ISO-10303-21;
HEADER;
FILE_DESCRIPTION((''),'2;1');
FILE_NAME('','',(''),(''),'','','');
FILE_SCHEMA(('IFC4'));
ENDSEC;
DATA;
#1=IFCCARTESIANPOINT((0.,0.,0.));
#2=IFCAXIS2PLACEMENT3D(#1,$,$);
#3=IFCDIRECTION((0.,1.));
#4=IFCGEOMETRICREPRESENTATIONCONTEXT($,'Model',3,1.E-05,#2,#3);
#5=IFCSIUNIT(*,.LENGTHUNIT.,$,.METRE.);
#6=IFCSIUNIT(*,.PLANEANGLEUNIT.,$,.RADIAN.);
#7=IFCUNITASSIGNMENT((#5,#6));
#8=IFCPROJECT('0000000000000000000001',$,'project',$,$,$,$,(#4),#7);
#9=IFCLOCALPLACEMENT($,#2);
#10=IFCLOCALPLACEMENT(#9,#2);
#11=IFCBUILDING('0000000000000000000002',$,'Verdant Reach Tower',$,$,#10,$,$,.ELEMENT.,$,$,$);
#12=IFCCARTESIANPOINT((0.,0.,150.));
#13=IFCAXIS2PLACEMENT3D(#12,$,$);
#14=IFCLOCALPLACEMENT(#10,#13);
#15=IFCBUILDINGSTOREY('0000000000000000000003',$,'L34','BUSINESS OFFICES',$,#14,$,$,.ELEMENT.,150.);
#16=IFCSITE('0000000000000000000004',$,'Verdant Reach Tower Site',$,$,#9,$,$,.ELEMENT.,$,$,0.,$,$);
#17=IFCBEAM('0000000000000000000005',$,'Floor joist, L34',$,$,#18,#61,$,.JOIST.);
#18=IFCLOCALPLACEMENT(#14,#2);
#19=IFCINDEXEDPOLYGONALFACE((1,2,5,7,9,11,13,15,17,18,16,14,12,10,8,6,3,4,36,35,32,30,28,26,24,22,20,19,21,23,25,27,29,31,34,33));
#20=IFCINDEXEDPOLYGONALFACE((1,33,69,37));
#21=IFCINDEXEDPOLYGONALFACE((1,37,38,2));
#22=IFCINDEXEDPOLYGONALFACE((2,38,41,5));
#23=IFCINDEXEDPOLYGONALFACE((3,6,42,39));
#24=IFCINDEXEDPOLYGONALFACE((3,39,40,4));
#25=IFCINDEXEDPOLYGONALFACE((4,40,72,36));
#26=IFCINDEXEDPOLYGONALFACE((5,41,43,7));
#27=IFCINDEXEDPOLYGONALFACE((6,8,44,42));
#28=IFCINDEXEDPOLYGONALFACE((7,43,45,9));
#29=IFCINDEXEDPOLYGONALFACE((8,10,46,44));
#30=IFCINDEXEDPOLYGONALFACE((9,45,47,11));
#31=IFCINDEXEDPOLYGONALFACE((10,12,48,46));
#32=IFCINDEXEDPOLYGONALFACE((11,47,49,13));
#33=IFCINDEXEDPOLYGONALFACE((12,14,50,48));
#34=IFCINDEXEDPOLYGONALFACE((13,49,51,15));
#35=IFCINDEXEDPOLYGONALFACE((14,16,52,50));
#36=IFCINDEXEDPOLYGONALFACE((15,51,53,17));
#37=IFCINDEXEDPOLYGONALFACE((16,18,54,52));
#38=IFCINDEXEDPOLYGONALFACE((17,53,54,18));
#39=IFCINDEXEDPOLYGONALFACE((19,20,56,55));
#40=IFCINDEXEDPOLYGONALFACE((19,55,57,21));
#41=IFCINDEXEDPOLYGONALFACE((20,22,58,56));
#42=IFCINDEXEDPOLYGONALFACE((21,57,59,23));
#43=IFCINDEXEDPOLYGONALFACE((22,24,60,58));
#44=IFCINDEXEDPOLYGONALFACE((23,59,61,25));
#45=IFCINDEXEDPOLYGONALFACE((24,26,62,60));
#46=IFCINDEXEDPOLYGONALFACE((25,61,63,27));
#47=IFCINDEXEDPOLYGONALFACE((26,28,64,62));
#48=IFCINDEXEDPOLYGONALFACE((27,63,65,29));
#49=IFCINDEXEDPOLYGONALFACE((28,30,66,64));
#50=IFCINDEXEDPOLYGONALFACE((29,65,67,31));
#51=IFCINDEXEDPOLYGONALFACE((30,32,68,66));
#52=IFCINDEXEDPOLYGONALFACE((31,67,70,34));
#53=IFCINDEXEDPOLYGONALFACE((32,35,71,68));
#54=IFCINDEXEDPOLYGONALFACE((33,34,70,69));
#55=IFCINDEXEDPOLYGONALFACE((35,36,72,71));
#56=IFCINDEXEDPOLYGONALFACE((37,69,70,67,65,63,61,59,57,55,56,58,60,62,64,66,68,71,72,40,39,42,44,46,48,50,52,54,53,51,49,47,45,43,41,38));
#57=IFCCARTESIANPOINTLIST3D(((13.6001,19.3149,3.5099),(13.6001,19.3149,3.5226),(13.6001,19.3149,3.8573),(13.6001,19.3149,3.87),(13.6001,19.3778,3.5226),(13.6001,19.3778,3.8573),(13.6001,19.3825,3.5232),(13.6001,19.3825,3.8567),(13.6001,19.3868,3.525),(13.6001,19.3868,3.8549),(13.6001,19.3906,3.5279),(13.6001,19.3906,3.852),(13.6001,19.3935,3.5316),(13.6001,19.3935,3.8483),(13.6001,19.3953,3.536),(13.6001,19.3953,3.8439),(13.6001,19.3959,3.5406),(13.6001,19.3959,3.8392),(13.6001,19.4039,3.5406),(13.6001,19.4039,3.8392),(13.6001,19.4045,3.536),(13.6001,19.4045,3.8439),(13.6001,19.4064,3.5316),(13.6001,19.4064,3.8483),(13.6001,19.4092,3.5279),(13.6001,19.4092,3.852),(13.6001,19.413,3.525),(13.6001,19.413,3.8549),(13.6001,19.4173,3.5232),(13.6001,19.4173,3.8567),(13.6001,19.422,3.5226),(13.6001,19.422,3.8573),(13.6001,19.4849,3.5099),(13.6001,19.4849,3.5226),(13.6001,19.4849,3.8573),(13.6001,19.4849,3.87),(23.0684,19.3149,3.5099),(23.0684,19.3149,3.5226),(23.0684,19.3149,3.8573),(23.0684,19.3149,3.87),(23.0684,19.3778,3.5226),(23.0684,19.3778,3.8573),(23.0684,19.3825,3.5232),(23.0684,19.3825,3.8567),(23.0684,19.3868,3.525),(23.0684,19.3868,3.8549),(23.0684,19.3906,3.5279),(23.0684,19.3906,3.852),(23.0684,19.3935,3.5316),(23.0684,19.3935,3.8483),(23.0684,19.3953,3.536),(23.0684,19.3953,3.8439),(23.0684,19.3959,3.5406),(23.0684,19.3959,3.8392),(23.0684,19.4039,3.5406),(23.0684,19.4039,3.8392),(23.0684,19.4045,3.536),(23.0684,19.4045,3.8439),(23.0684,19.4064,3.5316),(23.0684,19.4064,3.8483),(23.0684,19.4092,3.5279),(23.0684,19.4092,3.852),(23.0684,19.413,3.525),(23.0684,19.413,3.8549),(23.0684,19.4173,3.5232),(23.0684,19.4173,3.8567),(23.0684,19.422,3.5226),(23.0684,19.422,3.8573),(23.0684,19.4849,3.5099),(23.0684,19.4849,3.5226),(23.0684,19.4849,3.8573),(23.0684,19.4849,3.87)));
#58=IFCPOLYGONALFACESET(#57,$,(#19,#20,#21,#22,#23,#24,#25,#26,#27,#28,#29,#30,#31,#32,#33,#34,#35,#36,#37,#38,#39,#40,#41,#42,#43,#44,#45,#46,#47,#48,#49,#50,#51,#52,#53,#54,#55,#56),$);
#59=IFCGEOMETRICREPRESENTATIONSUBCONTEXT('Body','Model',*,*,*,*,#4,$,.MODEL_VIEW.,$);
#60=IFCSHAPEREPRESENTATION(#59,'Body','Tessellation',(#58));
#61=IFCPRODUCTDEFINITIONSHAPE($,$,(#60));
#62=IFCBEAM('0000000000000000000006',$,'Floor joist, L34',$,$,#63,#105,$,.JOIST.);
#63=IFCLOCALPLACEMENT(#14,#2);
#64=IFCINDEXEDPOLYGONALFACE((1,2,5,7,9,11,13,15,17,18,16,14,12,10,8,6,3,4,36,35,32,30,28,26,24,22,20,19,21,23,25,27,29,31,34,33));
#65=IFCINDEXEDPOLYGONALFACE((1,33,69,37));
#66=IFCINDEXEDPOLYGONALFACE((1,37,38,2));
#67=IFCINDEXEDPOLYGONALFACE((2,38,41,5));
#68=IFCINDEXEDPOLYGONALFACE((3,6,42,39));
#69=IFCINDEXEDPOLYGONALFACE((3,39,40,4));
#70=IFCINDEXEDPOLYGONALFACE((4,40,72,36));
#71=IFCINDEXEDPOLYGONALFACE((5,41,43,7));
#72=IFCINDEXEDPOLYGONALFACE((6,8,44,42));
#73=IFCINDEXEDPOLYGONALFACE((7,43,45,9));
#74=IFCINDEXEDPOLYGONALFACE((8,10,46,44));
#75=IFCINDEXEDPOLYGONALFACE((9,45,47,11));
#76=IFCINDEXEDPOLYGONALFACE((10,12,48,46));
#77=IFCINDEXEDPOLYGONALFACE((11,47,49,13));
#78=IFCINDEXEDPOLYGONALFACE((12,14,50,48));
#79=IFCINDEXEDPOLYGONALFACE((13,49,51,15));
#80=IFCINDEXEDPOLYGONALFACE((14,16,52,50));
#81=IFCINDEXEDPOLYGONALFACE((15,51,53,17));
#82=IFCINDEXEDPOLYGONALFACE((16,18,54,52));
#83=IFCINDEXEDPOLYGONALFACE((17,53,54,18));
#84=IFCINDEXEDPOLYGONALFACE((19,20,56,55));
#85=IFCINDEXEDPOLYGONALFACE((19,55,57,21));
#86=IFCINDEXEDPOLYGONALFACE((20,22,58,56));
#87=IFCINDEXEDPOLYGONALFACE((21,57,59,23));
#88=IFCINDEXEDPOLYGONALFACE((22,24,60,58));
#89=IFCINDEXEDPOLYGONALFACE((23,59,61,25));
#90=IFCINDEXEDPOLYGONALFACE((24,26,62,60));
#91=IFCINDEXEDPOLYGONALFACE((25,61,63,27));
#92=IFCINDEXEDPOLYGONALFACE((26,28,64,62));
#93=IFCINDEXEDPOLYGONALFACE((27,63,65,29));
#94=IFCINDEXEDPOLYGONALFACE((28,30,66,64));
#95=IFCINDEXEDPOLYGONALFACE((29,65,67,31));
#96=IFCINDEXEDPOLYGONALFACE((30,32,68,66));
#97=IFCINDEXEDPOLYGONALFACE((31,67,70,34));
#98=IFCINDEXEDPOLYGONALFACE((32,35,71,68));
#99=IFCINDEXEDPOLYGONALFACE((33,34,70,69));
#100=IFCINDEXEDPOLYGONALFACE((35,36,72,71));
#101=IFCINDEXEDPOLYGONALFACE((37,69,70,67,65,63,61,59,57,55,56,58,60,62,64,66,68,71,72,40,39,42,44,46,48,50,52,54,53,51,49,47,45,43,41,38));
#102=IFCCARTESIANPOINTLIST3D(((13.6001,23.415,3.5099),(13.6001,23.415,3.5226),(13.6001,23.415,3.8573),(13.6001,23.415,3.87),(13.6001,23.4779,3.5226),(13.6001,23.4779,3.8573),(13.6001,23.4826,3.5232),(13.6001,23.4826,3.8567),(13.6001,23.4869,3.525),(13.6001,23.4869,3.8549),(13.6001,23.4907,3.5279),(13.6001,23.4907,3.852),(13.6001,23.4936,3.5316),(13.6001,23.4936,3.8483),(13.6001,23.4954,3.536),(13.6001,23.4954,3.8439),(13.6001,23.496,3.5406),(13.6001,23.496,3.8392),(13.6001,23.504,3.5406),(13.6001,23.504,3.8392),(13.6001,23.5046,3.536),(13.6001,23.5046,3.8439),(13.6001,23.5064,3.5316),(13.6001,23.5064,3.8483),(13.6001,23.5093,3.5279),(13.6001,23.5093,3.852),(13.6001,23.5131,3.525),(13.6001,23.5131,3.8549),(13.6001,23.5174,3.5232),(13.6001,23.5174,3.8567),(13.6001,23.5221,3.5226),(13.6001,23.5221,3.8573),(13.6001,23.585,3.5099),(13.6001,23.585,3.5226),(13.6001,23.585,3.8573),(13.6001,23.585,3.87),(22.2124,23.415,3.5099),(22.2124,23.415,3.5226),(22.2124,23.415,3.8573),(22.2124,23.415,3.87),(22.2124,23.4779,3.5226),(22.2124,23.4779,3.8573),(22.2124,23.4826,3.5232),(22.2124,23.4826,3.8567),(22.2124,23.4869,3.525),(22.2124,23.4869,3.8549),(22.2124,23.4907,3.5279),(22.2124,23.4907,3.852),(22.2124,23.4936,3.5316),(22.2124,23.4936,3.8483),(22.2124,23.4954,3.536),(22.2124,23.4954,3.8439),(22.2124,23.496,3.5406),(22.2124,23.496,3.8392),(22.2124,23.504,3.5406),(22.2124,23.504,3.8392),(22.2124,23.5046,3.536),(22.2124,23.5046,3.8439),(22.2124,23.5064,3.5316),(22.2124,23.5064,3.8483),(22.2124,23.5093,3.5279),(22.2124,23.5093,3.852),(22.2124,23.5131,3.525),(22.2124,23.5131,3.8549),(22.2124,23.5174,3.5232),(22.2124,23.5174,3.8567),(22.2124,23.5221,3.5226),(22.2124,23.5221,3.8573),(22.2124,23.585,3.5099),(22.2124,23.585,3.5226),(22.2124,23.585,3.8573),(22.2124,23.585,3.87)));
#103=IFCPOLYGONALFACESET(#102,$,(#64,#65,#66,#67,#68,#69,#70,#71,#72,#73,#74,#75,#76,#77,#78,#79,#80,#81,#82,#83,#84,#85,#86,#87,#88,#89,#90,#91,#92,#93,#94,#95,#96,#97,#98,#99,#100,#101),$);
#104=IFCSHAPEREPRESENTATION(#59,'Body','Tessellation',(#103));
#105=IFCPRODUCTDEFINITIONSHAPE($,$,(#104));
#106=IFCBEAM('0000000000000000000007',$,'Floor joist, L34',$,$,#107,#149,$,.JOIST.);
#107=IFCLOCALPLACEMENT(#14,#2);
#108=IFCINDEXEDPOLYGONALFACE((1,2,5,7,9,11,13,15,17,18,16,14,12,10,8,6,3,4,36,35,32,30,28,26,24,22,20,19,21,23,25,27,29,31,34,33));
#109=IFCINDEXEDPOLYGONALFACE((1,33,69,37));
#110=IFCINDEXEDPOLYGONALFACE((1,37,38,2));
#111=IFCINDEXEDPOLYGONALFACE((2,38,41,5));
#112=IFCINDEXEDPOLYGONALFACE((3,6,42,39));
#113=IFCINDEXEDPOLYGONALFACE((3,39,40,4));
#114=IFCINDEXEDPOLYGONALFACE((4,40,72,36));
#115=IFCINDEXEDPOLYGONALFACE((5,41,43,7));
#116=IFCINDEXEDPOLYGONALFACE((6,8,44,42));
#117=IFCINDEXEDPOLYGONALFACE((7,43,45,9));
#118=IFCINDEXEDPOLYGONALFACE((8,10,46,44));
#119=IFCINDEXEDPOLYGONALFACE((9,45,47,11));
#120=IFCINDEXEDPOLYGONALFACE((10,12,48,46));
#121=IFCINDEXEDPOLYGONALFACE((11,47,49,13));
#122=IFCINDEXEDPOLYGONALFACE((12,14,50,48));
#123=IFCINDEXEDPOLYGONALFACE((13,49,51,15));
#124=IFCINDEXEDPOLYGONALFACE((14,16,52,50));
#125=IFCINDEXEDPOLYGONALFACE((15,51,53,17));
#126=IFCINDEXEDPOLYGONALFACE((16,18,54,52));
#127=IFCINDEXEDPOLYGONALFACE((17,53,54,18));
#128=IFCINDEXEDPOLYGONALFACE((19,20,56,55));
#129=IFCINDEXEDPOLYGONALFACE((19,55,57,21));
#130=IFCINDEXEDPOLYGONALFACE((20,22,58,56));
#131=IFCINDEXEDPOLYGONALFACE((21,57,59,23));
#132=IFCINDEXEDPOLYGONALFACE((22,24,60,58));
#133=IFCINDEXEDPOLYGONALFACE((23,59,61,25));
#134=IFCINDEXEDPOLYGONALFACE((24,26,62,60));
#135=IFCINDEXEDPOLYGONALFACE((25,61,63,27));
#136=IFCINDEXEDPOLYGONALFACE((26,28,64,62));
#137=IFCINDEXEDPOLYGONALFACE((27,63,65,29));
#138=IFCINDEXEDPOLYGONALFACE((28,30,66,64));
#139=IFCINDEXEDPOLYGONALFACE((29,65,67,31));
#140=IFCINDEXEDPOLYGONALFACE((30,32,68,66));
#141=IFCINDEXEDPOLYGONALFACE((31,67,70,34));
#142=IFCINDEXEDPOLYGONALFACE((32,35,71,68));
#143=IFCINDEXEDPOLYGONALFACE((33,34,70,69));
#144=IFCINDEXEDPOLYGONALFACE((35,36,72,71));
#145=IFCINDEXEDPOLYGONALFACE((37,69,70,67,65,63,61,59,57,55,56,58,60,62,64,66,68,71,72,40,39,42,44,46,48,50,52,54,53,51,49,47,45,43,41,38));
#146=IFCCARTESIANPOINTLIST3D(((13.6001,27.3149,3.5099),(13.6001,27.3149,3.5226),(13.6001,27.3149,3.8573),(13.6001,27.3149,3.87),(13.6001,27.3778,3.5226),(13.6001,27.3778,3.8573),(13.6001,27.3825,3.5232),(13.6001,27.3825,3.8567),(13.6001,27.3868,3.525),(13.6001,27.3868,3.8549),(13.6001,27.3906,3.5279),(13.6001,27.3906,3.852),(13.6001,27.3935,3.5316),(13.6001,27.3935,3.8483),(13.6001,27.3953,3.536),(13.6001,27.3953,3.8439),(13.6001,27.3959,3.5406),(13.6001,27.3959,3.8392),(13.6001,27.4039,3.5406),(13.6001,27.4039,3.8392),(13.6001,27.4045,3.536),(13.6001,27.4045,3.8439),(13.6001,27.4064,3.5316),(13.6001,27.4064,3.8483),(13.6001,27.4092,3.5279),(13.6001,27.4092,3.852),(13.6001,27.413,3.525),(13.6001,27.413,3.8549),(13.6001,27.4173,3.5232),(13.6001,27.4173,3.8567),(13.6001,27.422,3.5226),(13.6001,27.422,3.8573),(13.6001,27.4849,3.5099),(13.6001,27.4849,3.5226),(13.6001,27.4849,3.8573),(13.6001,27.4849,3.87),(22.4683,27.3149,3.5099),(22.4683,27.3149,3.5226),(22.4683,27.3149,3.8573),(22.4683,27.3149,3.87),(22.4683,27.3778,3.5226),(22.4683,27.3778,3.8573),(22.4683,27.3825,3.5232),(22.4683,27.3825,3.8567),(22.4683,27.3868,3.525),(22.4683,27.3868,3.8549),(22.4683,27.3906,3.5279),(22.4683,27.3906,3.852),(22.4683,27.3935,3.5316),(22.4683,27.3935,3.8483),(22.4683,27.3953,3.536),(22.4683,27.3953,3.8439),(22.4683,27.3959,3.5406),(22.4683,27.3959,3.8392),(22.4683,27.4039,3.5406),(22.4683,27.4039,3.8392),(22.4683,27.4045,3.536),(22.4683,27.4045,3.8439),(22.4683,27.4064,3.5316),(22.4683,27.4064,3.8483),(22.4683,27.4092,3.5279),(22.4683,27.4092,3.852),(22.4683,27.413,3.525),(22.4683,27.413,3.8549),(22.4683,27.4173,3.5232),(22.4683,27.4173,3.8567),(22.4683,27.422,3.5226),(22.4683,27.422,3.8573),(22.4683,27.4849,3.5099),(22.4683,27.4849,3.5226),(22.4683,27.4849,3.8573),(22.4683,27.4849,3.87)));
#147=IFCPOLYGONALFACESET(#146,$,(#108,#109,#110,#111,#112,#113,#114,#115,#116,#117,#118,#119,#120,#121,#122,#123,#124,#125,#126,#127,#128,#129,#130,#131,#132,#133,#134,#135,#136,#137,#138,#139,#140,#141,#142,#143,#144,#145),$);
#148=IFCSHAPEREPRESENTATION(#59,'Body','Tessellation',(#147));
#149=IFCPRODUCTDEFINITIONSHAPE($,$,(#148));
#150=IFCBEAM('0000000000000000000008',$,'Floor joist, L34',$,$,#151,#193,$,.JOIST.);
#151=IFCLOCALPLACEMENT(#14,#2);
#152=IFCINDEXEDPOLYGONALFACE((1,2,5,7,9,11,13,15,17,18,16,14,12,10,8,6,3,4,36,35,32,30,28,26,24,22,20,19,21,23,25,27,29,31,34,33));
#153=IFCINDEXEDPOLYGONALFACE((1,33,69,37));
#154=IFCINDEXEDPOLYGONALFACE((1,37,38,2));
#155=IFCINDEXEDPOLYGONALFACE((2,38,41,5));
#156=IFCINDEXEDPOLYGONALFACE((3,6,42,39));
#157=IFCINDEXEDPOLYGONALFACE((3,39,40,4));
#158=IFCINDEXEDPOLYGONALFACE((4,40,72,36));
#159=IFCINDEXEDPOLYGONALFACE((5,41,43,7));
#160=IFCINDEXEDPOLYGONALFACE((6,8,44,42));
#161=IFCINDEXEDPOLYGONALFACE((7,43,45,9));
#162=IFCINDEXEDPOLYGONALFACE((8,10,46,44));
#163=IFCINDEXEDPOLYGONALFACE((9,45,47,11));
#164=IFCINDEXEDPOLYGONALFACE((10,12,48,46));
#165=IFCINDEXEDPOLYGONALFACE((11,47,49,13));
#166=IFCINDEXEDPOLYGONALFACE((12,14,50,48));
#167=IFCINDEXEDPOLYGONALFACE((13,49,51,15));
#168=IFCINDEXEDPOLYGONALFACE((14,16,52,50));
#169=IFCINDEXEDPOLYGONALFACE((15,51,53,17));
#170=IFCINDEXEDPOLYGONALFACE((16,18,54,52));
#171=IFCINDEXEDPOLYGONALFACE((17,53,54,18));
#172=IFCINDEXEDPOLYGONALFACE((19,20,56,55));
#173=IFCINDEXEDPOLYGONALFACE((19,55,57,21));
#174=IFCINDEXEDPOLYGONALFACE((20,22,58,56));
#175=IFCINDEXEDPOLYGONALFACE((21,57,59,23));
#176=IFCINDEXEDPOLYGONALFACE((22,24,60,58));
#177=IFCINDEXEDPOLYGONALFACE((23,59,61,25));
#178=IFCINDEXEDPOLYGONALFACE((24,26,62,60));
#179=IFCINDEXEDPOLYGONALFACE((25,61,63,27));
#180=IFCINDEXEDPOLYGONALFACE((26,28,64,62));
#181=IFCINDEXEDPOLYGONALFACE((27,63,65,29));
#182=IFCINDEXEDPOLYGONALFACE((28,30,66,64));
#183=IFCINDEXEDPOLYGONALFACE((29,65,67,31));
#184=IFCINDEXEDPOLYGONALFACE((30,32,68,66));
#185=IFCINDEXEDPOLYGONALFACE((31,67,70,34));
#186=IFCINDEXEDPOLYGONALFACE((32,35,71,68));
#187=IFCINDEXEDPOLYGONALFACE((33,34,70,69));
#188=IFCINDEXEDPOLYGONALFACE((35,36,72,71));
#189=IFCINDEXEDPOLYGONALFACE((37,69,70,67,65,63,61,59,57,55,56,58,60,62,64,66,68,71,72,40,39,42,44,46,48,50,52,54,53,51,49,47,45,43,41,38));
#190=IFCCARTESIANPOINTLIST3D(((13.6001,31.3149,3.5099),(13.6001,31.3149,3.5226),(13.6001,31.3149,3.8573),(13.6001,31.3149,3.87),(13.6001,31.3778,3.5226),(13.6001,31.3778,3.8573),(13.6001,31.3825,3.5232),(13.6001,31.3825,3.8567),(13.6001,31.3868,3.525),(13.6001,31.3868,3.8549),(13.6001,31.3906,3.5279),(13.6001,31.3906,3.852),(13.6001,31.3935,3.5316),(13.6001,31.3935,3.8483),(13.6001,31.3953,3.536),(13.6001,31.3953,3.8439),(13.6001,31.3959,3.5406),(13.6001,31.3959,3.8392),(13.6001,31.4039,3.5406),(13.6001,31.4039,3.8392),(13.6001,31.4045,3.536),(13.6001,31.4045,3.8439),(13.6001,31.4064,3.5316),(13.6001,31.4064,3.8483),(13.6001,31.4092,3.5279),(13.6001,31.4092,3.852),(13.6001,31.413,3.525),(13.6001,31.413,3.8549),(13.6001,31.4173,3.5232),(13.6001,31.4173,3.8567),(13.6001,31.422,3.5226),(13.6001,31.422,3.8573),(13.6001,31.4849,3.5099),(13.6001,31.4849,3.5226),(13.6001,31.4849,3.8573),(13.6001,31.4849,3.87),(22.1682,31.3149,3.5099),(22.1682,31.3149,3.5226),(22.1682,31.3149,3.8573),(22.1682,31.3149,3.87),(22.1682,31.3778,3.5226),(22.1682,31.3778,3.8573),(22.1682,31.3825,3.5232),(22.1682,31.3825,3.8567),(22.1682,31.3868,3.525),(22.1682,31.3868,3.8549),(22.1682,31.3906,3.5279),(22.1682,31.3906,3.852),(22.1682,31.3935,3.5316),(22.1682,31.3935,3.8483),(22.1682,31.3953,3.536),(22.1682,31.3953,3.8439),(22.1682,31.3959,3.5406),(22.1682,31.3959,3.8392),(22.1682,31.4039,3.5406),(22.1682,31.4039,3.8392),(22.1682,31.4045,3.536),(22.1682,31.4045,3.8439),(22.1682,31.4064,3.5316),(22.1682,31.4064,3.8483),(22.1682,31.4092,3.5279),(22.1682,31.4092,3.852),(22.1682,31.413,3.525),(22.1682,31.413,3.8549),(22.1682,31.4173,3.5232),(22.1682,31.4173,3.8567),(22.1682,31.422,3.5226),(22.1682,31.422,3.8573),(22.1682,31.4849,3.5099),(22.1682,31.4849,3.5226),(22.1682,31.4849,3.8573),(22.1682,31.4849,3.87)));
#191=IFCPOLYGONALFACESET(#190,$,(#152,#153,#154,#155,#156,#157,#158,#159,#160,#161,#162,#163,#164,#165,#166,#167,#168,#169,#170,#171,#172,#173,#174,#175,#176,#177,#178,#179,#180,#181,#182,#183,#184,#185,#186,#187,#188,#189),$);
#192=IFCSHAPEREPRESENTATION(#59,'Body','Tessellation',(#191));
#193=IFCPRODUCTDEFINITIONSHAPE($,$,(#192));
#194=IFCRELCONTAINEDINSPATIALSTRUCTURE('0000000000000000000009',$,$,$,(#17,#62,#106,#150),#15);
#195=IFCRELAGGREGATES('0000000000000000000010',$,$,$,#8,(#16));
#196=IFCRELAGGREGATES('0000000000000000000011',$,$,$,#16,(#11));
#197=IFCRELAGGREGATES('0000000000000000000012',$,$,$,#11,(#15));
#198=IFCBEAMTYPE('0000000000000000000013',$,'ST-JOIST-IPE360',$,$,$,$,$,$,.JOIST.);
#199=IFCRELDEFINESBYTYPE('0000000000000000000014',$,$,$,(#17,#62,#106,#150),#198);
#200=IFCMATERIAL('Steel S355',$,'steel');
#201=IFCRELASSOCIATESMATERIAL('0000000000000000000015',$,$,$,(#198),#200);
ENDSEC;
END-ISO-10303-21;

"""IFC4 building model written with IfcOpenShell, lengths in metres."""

from ifc_helpers import new_model, si_unit, direction, frame, origin, origin_2d, place, context, subcontext, project, spatial, i_section, extrude, material, material_profile, profile_set, type_object, element, save


model = new_model("IFC4")

# Units and contexts
model_context = context("Model", 3, precision=1e-05, world=origin(), true_north=direction((0.0, 1.0)))
body_context = subcontext(model_context, "Body", "Model", "MODEL_VIEW")
ifc_project = project(units=[si_unit("LENGTHUNIT", "METRE"), si_unit("PLANEANGLEUNIT", "RADIAN")], contexts=[model_context])

# Site, building, storey
site_placement = place(None, origin())
site = spatial("IfcSite", under=ifc_project, at=site_placement, Name="Verdant Reach Tower Site", CompositionType="ELEMENT", RefElevation=0.0)
building_placement = place(site_placement, origin())
building = spatial("IfcBuilding", under=site, at=building_placement, Name="Verdant Reach Tower", CompositionType="ELEMENT")
storey_placement = place(building_placement, frame((0.0, 0.0, 150.0)))
storey = spatial("IfcBuildingStorey", under=building, at=storey_placement, Name="L34", Description="BUSINESS OFFICES", CompositionType="ELEMENT", Elevation=150.0)

# Beams
ifc_material_1 = material(Name="Steel S355", Category="steel")
ifc_material_profile_1 = material_profile(ifc_material_1, i_section(OverallWidth=0.1699, OverallDepth=0.3601, WebThickness=0.0081, FlangeThickness=0.0127, FilletRadius=0.0181, at=origin_2d()), Name="IPE 360")
ifc_profile_set_1 = profile_set([ifc_material_profile_1], Name="Steel S355")
beam_type_1 = type_object("IfcBeamType", Name="ST-JOIST-IPE360", PredefinedType="JOIST", material=ifc_profile_set_1)
beam_1_placement = place(storey_placement, frame((13.6001, 19.3999, 3.6899), z_axis=(1.0, 0.0, 0.0), x_axis=(0.0, 1.0, 0.0)))
element("IfcBeam", 1, at=beam_1_placement, inside=storey, type_object=beam_type_1, Name="Floor joist, L34", PredefinedType="JOIST", context=body_context, shape_type="SweptSolid", body=[
    extrude(i_section(OverallWidth=0.1699, OverallDepth=0.3601, WebThickness=0.0081, FlangeThickness=0.0127, FilletRadius=0.0181, at=origin_2d()), origin(), (0.0, 0.0, 1.0), 9.4683),
])
beam_2_placement = place(storey_placement, frame((13.6001, 23.5, 3.6899), z_axis=(1.0, 0.0, 0.0), x_axis=(0.0, 1.0, 0.0)))
element("IfcBeam", 2, at=beam_2_placement, inside=storey, type_object=beam_type_1, Name="Floor joist, L34", PredefinedType="JOIST", context=body_context, shape_type="SweptSolid", body=[
    extrude(i_section(OverallWidth=0.1699, OverallDepth=0.3601, WebThickness=0.0081, FlangeThickness=0.0127, FilletRadius=0.0181, at=origin_2d()), origin(), (0.0, 0.0, 1.0), 8.6123),
])
beam_3_placement = place(storey_placement, frame((13.6001, 27.3999, 3.6899), z_axis=(1.0, 0.0, 0.0), x_axis=(0.0, 1.0, 0.0)))
element("IfcBeam", 3, at=beam_3_placement, inside=storey, type_object=beam_type_1, Name="Floor joist, L34", PredefinedType="JOIST", context=body_context, shape_type="SweptSolid", body=[
    extrude(i_section(OverallWidth=0.1699, OverallDepth=0.3601, WebThickness=0.0081, FlangeThickness=0.0127, FilletRadius=0.0181, at=origin_2d()), origin(), (0.0, 0.0, 1.0), 8.8682),
])
beam_4_placement = place(storey_placement, frame((13.6001, 31.3999, 3.6899), z_axis=(1.0, 0.0, 0.0), x_axis=(0.0, 1.0, 0.0)))
element("IfcBeam", 4, at=beam_4_placement, inside=storey, type_object=beam_type_1, Name="Floor joist, L34", PredefinedType="JOIST", context=body_context, shape_type="SweptSolid", body=[
    extrude(i_section(OverallWidth=0.1699, OverallDepth=0.3601, WebThickness=0.0081, FlangeThickness=0.0127, FilletRadius=0.0181, at=origin_2d()), origin(), (0.0, 0.0, 1.0), 8.5681),
])

save(model, "model.ifc")
